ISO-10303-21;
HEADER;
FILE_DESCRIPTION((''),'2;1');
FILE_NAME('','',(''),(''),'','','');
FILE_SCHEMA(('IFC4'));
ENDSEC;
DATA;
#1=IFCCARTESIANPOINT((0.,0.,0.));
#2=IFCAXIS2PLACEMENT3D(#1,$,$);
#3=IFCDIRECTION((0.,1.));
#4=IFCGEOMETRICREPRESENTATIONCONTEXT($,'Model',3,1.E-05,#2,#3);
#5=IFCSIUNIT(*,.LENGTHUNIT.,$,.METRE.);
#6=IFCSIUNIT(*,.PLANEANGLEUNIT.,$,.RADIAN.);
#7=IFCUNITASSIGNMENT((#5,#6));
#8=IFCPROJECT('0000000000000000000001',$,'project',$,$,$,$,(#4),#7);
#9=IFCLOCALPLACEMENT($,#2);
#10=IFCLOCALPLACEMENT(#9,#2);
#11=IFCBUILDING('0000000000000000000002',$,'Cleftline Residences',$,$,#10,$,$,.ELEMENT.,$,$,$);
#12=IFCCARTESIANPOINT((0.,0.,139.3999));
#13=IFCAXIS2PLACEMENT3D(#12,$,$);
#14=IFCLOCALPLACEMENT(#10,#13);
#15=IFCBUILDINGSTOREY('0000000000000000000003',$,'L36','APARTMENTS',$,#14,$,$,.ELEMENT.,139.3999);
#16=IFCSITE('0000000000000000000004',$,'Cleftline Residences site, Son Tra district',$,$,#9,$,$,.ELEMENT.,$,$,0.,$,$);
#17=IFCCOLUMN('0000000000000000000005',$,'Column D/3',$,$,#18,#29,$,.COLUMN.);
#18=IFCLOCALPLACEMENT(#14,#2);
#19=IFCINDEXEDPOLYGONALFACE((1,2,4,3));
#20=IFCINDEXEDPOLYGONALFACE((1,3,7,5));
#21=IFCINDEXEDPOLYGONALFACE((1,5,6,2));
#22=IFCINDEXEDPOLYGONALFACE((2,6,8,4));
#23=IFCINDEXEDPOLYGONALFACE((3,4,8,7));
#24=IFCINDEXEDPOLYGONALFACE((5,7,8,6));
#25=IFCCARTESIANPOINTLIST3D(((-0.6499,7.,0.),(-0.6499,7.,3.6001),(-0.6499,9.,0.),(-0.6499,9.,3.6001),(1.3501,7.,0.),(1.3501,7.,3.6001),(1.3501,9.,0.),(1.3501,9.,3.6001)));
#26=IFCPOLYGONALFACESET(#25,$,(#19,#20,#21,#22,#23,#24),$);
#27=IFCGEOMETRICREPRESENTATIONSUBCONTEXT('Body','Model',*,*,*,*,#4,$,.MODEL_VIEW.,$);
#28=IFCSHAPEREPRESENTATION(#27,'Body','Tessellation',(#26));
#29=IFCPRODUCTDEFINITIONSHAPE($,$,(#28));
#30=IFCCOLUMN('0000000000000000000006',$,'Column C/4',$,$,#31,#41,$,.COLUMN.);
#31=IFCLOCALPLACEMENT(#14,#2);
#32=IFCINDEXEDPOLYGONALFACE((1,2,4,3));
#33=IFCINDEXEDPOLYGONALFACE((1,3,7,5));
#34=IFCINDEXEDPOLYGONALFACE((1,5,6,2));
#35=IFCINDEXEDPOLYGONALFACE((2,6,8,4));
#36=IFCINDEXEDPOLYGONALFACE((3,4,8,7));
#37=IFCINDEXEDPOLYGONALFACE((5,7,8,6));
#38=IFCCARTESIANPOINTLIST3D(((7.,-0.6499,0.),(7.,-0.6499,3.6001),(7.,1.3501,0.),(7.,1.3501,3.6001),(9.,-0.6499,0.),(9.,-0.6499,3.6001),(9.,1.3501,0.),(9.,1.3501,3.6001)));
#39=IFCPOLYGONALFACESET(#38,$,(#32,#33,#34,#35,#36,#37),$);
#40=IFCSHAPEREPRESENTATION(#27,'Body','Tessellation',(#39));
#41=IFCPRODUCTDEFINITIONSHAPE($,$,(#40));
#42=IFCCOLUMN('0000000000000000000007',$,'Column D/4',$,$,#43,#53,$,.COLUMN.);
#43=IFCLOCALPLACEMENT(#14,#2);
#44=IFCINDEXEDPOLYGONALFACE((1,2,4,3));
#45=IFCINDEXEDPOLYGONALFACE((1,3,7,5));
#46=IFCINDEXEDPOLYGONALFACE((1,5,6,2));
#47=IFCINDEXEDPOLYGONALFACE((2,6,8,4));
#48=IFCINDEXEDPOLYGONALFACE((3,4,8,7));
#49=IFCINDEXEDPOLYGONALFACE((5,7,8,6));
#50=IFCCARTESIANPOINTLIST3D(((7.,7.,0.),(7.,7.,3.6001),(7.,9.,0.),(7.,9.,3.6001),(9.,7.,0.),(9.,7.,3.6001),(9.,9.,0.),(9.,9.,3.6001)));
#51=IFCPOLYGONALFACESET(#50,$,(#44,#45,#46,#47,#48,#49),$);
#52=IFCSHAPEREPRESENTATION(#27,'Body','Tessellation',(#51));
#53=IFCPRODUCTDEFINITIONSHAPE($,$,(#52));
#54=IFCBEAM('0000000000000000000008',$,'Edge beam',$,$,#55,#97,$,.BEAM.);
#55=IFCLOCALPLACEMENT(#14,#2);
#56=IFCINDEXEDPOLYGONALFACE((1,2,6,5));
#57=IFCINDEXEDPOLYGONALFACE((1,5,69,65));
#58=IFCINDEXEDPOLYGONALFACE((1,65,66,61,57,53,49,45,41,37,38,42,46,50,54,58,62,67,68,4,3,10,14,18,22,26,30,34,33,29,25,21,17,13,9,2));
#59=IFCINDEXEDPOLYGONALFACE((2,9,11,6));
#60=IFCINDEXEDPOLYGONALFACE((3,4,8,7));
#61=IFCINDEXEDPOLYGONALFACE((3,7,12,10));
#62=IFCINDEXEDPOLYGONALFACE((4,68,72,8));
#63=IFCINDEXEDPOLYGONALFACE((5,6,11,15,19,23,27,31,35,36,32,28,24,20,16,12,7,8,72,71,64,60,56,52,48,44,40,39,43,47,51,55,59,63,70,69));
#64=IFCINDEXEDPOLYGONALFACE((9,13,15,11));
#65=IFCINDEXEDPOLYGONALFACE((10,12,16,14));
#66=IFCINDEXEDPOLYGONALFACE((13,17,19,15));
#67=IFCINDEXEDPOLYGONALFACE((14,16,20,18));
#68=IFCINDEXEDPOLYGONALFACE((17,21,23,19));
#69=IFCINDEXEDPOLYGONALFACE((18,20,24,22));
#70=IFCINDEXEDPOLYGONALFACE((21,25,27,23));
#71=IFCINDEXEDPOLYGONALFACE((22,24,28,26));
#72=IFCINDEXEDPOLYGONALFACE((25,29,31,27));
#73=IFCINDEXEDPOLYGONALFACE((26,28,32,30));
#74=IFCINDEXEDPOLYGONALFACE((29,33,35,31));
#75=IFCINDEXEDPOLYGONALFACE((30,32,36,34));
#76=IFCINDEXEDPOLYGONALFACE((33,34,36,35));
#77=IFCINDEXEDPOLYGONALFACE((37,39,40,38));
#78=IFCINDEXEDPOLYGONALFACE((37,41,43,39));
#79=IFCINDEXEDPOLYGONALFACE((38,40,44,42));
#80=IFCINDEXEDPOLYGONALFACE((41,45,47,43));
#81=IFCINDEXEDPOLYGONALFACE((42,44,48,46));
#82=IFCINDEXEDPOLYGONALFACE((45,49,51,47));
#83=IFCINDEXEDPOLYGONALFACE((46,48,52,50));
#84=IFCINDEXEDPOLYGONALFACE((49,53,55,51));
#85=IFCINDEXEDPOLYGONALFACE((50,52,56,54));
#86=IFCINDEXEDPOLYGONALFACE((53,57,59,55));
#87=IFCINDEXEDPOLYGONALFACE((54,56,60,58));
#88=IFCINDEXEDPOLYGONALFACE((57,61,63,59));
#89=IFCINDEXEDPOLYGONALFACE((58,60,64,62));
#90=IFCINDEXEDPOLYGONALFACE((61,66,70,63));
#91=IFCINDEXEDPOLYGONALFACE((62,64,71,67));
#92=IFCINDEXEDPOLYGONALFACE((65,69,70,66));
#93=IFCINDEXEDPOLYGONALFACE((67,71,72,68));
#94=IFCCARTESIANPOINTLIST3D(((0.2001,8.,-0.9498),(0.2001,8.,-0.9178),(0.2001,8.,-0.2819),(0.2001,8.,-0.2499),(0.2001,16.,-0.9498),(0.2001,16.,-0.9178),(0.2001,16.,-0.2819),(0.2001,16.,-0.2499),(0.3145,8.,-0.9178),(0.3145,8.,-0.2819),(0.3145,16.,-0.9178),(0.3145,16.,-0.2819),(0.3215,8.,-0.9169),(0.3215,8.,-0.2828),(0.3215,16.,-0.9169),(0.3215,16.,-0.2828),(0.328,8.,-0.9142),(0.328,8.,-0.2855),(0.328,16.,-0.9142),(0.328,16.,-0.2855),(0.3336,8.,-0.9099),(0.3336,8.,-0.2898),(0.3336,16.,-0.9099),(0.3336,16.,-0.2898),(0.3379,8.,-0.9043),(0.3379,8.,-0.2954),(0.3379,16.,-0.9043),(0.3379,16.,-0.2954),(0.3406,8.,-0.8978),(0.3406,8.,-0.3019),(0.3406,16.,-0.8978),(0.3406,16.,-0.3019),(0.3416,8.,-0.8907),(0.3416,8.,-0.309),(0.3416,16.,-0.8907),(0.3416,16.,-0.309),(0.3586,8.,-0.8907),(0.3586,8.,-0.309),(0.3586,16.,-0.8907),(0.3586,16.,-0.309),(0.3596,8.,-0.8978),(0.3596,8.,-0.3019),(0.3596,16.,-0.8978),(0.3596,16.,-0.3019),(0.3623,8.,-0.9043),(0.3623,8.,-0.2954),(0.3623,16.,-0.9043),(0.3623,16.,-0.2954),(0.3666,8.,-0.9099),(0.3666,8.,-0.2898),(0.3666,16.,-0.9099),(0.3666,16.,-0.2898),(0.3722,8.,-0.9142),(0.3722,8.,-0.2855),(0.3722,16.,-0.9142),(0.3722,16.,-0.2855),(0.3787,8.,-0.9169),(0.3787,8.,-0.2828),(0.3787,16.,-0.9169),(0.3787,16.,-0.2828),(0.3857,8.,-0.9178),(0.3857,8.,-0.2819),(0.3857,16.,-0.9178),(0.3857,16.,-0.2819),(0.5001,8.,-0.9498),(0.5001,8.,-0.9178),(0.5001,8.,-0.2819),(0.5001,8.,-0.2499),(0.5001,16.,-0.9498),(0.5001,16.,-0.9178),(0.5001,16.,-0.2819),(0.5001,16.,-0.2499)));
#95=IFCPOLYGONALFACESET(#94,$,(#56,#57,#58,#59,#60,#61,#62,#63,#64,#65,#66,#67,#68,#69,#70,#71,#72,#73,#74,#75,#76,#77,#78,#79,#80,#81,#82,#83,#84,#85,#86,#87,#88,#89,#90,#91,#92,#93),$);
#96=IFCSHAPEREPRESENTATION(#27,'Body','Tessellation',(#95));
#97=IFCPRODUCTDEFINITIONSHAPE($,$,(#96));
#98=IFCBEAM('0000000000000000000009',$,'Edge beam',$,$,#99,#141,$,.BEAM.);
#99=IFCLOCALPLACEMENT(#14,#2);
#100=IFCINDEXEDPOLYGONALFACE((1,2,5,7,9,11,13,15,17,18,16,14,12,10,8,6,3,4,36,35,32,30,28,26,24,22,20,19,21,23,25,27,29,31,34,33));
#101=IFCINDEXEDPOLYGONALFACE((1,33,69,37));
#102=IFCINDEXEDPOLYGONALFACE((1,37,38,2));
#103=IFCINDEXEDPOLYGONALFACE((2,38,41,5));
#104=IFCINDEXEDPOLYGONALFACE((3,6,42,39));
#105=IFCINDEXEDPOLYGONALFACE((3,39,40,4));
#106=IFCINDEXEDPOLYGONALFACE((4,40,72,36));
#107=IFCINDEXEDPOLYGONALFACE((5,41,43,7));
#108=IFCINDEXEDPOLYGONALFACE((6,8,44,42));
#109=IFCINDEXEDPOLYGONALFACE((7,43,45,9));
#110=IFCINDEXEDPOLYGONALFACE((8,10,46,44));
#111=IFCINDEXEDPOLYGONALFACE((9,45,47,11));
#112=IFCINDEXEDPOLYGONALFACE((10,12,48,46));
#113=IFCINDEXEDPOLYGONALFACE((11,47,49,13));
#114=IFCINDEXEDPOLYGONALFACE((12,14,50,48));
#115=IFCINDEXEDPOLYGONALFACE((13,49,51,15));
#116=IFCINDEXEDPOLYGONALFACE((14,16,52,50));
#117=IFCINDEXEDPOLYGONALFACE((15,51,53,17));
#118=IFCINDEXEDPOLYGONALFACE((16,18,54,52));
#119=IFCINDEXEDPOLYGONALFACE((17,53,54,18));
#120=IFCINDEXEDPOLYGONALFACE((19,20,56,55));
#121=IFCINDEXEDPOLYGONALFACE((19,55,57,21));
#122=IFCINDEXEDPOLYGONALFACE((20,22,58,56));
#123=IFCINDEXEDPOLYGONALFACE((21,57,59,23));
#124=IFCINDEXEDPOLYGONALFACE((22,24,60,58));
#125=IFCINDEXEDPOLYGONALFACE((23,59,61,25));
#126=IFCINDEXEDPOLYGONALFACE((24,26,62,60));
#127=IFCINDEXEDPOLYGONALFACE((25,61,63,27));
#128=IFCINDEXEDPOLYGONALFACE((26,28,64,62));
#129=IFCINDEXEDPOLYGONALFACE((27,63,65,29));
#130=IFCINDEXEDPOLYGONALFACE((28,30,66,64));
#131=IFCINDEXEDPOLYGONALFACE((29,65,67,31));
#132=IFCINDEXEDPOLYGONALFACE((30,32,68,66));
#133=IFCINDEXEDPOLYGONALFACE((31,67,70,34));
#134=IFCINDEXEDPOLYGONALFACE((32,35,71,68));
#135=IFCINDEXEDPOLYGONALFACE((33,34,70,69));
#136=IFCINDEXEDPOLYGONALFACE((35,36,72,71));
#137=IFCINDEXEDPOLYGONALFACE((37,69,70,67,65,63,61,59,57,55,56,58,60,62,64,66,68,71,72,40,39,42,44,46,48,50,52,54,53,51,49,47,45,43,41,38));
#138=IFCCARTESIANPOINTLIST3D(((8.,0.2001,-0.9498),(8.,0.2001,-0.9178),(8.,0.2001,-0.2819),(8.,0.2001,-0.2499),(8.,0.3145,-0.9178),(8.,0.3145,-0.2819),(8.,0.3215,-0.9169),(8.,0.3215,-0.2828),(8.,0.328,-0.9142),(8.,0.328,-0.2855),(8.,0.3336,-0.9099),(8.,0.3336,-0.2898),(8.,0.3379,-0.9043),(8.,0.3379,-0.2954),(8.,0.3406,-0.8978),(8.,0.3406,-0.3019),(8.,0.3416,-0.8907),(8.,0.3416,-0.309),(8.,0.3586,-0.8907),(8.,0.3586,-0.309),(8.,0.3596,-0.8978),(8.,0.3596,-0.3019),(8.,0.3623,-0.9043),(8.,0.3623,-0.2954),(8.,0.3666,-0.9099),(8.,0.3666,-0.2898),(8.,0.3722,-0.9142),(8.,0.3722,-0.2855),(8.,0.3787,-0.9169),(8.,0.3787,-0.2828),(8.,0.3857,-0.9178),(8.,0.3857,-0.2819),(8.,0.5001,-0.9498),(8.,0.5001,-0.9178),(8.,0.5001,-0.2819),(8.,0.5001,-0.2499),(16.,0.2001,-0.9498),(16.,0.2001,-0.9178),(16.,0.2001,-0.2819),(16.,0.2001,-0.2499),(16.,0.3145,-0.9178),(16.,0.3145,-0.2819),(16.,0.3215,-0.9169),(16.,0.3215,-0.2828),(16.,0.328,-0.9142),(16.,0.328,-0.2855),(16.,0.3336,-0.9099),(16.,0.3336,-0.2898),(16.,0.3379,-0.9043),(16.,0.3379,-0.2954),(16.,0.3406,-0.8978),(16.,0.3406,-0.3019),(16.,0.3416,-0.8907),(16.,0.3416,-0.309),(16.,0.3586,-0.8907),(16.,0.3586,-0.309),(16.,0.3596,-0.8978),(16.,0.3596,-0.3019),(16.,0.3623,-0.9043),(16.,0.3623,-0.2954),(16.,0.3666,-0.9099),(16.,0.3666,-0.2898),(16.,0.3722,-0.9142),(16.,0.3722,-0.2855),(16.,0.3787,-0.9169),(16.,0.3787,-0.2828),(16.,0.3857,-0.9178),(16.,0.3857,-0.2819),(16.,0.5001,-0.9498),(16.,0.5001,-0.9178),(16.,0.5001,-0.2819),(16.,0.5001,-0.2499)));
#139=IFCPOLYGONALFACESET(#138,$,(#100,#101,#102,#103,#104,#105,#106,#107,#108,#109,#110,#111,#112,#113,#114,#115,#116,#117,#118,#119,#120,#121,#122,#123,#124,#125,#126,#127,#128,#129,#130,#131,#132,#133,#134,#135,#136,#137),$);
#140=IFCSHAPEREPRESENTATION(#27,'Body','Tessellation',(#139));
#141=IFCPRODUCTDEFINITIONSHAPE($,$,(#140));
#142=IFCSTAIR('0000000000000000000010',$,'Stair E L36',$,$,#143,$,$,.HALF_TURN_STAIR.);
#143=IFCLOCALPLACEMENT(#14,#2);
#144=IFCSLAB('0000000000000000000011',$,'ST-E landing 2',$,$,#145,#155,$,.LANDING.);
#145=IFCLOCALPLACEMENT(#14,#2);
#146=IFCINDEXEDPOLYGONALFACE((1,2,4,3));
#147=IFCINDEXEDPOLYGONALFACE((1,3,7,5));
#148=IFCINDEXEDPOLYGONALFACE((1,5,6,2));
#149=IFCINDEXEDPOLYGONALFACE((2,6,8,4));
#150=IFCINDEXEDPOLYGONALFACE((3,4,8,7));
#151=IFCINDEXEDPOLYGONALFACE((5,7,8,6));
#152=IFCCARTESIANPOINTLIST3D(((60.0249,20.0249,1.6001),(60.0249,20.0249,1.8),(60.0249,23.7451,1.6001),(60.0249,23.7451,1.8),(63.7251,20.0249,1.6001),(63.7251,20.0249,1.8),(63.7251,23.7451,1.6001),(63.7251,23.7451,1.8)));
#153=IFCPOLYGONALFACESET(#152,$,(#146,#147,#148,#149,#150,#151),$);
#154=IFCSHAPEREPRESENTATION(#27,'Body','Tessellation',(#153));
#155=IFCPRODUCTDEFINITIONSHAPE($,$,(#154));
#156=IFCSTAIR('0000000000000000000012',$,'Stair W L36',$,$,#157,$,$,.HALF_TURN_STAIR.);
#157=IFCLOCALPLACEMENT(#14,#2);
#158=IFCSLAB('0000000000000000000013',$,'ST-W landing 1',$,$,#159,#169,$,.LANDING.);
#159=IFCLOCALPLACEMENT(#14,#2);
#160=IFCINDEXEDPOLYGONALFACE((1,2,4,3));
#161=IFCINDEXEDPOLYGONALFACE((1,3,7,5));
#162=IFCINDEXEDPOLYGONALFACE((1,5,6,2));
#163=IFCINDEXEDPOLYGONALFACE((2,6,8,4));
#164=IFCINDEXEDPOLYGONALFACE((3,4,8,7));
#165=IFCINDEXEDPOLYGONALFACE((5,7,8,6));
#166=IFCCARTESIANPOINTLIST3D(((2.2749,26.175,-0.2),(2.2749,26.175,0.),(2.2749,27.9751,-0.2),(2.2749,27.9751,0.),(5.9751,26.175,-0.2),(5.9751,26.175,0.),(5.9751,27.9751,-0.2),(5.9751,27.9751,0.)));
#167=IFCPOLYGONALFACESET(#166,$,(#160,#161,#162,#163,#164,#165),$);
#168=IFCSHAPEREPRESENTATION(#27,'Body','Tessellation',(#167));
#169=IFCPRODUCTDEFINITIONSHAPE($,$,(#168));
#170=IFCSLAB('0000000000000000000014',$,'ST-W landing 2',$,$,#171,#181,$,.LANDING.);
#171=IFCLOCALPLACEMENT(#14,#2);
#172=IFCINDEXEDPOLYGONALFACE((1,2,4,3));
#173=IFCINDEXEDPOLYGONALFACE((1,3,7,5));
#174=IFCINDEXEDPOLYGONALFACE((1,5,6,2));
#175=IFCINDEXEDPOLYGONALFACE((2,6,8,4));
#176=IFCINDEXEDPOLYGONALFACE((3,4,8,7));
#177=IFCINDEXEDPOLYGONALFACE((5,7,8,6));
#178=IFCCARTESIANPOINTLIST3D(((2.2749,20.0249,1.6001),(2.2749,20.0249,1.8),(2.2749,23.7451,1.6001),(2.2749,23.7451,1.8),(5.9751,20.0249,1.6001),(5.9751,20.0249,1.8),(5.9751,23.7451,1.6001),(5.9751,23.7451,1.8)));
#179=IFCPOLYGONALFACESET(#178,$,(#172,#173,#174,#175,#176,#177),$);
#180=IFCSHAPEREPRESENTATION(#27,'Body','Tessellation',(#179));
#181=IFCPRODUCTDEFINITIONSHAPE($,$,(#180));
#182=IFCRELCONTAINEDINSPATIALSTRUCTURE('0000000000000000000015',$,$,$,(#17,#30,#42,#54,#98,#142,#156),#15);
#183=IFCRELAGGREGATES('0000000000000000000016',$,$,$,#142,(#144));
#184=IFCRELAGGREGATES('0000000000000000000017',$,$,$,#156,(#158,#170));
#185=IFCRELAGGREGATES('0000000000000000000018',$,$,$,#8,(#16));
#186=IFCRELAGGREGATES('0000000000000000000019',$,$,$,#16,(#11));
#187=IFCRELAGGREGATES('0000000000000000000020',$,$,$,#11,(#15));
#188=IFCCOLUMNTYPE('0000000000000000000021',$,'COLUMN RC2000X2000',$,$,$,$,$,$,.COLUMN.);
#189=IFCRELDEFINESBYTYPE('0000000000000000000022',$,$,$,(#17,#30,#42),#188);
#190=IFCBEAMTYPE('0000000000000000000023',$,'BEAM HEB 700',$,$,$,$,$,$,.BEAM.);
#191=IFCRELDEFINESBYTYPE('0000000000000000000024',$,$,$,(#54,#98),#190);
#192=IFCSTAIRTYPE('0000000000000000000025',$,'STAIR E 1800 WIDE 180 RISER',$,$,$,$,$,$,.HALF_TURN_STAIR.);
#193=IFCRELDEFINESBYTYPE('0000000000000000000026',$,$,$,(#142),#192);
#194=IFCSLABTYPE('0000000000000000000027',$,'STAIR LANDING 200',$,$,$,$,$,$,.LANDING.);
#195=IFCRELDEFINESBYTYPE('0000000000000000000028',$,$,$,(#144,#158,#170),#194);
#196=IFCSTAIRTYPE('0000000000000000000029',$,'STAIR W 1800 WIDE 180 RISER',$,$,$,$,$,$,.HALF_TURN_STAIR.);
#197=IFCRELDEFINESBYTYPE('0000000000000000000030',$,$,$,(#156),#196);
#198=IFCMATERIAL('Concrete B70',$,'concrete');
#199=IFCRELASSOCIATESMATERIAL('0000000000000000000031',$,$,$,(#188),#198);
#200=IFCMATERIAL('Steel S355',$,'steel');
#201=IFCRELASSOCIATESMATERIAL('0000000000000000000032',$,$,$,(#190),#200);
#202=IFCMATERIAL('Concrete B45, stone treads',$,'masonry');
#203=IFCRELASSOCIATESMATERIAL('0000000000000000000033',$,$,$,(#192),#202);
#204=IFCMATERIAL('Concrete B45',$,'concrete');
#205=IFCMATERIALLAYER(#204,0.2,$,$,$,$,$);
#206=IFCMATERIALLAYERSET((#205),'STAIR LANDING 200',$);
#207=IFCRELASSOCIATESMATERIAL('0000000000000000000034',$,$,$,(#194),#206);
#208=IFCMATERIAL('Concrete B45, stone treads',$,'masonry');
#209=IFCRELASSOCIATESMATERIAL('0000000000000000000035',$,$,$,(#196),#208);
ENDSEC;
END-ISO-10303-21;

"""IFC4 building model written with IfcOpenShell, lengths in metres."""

from ifc_helpers import new_model, si_unit, direction, frame, origin, origin_2d, place, context, subcontext, project, spatial, polyline, rectangle, i_section, outline, extrude, material, layer, layer_set, material_profile, profile_set, type_object, element, aggregate, save


model = new_model("IFC4")

# Units and contexts
model_context = context("Model", 3, precision=1e-05, world=origin(), true_north=direction((0.0, 1.0)))
body_context = subcontext(model_context, "Body", "Model", "MODEL_VIEW")
ifc_project = project(units=[si_unit("LENGTHUNIT", "METRE"), si_unit("PLANEANGLEUNIT", "RADIAN")], contexts=[model_context])

# Site, building, storey
site_placement = place(None, origin())
site = spatial("IfcSite", under=ifc_project, at=site_placement, Name="Cleftline Residences site, Son Tra district", CompositionType="ELEMENT", RefElevation=0.0)
building_placement = place(site_placement, origin())
building = spatial("IfcBuilding", under=site, at=building_placement, Name="Cleftline Residences", CompositionType="ELEMENT")
storey_placement = place(building_placement, frame((0.0, 0.0, 139.3999)))
storey = spatial("IfcBuildingStorey", under=building, at=storey_placement, Name="L36", Description="APARTMENTS", CompositionType="ELEMENT", Elevation=139.3999)

# Columns
ifc_material_1 = material(Name="Concrete B70", Category="concrete")
ifc_material_profile_1 = material_profile(ifc_material_1, rectangle(XDim=2.0, YDim=2.0, at=origin_2d()))
ifc_profile_set_1 = profile_set([ifc_material_profile_1], Name="Concrete B70")
column_type = type_object("IfcColumnType", Name="COLUMN RC2000X2000", PredefinedType="COLUMN", material=ifc_profile_set_1)
for number, where, z_axis, x_axis, name in (
    (1, (0.3501, 8.0, 0.0), (0.0, 0.0, 1.0), (1.0, 0.0, 0.0), "Column D/3"),
    (2, (8.0, 0.3501, 0.0), (0.0, 0.0, 1.0), (1.0, 0.0, 0.0), "Column C/4"),
    (3, (8.0, 8.0, 0.0), (0.0, 0.0, 1.0), (1.0, 0.0, 0.0), "Column D/4"),
):
    element("IfcColumn", number, at=place(storey_placement, frame(where, z_axis=z_axis, x_axis=x_axis)), inside=storey, type_object=column_type, Name=name, PredefinedType="COLUMN", context=body_context, shape_type="SweptSolid", body=[
        extrude(rectangle(XDim=2.0, YDim=2.0, at=origin_2d()), origin(), (0.0, 0.0, 1.0), 3.6001),
    ])

# Beams
ifc_material_2 = material(Name="Steel S355", Category="steel")
ifc_material_profile_2 = material_profile(ifc_material_2, i_section(OverallWidth=0.3, OverallDepth=0.7, WebThickness=0.0171, FlangeThickness=0.032, FilletRadius=0.0271, at=origin_2d()))
ifc_profile_set_2 = profile_set([ifc_material_profile_2], Name="Steel S355")
beam_type = type_object("IfcBeamType", Name="BEAM HEB 700", PredefinedType="BEAM", material=ifc_profile_set_2)
for number, where, z_axis, x_axis, name in (
    (4, (0.3501, 8.0, -0.5999), (0.0, 1.0, 0.0), (-1.0, 0.0, 0.0), "Edge beam"),
    (5, (8.0, 0.3501, -0.5999), (1.0, 0.0, 0.0), (0.0, 1.0, 0.0), "Edge beam"),
):
    element("IfcBeam", number, at=place(storey_placement, frame(where, z_axis=z_axis, x_axis=x_axis)), inside=storey, type_object=beam_type, Name=name, PredefinedType="BEAM", context=body_context, shape_type="SweptSolid", body=[
        extrude(i_section(OverallWidth=0.3, OverallDepth=0.7, WebThickness=0.0171, FlangeThickness=0.032, FilletRadius=0.0271, at=origin_2d()), origin(), (0.0, 0.0, 1.0), 8.0),
    ])

# Stair, slab
ifc_material_3 = material(Name="Concrete B45, stone treads", Category="masonry")
stair_type_1 = type_object("IfcStairType", Name="STAIR E 1800 WIDE 180 RISER", PredefinedType="HALF_TURN_STAIR", material=ifc_material_3)
stair_1_placement = place(storey_placement, origin())
stair_1 = element("IfcStair", 6, at=stair_1_placement, inside=storey, type_object=stair_type_1, Name="Stair E L36", PredefinedType="HALF_TURN_STAIR")
ifc_material_4 = material(Name="Concrete B45", Category="concrete")
ifc_layer_1 = layer(ifc_material_4, 0.2)
ifc_layer_set_1 = layer_set([ifc_layer_1], Name="STAIR LANDING 200")
slab_type = type_object("IfcSlabType", Name="STAIR LANDING 200", PredefinedType="LANDING", material=ifc_layer_set_1)
slab_1_placement = place(storey_placement, frame((0.0, 0.0, 1.6001)))
slab_1 = element("IfcSlab", 7, at=slab_1_placement, type_object=slab_type, Name="ST-E landing 2", PredefinedType="LANDING", context=body_context, shape_type="SweptSolid", body=[
    extrude(outline(polyline([(60.0249, 20.0249), (63.7251, 20.0249), (63.7251, 23.7451), (60.0249, 23.7451), (60.0249, 20.0249)])), origin(), (0.0, 0.0, 1.0), 0.2),
])
aggregate(stair_1, [slab_1])

# Stair, slabs
ifc_material_5 = material(Name="Concrete B45, stone treads", Category="masonry")
stair_type_2 = type_object("IfcStairType", Name="STAIR W 1800 WIDE 180 RISER", PredefinedType="HALF_TURN_STAIR", material=ifc_material_5)
stair_2_placement = place(storey_placement, origin())
stair_2 = element("IfcStair", 8, at=stair_2_placement, inside=storey, type_object=stair_type_2, Name="Stair W L36", PredefinedType="HALF_TURN_STAIR")
slab_2_placement = place(storey_placement, frame((0.0, 0.0, -0.2)))
slab_2 = element("IfcSlab", 9, at=slab_2_placement, type_object=slab_type, Name="ST-W landing 1", PredefinedType="LANDING", context=body_context, shape_type="SweptSolid", body=[
    extrude(outline(polyline([(2.2749, 26.175), (5.9751, 26.175), (5.9751, 27.9751), (2.2749, 27.9751), (2.2749, 26.175)])), origin(), (0.0, 0.0, 1.0), 0.2),
])
slab_3_placement = place(storey_placement, frame((0.0, 0.0, 1.6001)))
slab_3 = element("IfcSlab", 10, at=slab_3_placement, type_object=slab_type, Name="ST-W landing 2", PredefinedType="LANDING", context=body_context, shape_type="SweptSolid", body=[
    extrude(outline(polyline([(2.2749, 20.0249), (5.9751, 20.0249), (5.9751, 23.7451), (2.2749, 23.7451), (2.2749, 20.0249)])), origin(), (0.0, 0.0, 1.0), 0.2),
])
aggregate(stair_2, [slab_2, slab_3])

save(model, "model.ifc")
